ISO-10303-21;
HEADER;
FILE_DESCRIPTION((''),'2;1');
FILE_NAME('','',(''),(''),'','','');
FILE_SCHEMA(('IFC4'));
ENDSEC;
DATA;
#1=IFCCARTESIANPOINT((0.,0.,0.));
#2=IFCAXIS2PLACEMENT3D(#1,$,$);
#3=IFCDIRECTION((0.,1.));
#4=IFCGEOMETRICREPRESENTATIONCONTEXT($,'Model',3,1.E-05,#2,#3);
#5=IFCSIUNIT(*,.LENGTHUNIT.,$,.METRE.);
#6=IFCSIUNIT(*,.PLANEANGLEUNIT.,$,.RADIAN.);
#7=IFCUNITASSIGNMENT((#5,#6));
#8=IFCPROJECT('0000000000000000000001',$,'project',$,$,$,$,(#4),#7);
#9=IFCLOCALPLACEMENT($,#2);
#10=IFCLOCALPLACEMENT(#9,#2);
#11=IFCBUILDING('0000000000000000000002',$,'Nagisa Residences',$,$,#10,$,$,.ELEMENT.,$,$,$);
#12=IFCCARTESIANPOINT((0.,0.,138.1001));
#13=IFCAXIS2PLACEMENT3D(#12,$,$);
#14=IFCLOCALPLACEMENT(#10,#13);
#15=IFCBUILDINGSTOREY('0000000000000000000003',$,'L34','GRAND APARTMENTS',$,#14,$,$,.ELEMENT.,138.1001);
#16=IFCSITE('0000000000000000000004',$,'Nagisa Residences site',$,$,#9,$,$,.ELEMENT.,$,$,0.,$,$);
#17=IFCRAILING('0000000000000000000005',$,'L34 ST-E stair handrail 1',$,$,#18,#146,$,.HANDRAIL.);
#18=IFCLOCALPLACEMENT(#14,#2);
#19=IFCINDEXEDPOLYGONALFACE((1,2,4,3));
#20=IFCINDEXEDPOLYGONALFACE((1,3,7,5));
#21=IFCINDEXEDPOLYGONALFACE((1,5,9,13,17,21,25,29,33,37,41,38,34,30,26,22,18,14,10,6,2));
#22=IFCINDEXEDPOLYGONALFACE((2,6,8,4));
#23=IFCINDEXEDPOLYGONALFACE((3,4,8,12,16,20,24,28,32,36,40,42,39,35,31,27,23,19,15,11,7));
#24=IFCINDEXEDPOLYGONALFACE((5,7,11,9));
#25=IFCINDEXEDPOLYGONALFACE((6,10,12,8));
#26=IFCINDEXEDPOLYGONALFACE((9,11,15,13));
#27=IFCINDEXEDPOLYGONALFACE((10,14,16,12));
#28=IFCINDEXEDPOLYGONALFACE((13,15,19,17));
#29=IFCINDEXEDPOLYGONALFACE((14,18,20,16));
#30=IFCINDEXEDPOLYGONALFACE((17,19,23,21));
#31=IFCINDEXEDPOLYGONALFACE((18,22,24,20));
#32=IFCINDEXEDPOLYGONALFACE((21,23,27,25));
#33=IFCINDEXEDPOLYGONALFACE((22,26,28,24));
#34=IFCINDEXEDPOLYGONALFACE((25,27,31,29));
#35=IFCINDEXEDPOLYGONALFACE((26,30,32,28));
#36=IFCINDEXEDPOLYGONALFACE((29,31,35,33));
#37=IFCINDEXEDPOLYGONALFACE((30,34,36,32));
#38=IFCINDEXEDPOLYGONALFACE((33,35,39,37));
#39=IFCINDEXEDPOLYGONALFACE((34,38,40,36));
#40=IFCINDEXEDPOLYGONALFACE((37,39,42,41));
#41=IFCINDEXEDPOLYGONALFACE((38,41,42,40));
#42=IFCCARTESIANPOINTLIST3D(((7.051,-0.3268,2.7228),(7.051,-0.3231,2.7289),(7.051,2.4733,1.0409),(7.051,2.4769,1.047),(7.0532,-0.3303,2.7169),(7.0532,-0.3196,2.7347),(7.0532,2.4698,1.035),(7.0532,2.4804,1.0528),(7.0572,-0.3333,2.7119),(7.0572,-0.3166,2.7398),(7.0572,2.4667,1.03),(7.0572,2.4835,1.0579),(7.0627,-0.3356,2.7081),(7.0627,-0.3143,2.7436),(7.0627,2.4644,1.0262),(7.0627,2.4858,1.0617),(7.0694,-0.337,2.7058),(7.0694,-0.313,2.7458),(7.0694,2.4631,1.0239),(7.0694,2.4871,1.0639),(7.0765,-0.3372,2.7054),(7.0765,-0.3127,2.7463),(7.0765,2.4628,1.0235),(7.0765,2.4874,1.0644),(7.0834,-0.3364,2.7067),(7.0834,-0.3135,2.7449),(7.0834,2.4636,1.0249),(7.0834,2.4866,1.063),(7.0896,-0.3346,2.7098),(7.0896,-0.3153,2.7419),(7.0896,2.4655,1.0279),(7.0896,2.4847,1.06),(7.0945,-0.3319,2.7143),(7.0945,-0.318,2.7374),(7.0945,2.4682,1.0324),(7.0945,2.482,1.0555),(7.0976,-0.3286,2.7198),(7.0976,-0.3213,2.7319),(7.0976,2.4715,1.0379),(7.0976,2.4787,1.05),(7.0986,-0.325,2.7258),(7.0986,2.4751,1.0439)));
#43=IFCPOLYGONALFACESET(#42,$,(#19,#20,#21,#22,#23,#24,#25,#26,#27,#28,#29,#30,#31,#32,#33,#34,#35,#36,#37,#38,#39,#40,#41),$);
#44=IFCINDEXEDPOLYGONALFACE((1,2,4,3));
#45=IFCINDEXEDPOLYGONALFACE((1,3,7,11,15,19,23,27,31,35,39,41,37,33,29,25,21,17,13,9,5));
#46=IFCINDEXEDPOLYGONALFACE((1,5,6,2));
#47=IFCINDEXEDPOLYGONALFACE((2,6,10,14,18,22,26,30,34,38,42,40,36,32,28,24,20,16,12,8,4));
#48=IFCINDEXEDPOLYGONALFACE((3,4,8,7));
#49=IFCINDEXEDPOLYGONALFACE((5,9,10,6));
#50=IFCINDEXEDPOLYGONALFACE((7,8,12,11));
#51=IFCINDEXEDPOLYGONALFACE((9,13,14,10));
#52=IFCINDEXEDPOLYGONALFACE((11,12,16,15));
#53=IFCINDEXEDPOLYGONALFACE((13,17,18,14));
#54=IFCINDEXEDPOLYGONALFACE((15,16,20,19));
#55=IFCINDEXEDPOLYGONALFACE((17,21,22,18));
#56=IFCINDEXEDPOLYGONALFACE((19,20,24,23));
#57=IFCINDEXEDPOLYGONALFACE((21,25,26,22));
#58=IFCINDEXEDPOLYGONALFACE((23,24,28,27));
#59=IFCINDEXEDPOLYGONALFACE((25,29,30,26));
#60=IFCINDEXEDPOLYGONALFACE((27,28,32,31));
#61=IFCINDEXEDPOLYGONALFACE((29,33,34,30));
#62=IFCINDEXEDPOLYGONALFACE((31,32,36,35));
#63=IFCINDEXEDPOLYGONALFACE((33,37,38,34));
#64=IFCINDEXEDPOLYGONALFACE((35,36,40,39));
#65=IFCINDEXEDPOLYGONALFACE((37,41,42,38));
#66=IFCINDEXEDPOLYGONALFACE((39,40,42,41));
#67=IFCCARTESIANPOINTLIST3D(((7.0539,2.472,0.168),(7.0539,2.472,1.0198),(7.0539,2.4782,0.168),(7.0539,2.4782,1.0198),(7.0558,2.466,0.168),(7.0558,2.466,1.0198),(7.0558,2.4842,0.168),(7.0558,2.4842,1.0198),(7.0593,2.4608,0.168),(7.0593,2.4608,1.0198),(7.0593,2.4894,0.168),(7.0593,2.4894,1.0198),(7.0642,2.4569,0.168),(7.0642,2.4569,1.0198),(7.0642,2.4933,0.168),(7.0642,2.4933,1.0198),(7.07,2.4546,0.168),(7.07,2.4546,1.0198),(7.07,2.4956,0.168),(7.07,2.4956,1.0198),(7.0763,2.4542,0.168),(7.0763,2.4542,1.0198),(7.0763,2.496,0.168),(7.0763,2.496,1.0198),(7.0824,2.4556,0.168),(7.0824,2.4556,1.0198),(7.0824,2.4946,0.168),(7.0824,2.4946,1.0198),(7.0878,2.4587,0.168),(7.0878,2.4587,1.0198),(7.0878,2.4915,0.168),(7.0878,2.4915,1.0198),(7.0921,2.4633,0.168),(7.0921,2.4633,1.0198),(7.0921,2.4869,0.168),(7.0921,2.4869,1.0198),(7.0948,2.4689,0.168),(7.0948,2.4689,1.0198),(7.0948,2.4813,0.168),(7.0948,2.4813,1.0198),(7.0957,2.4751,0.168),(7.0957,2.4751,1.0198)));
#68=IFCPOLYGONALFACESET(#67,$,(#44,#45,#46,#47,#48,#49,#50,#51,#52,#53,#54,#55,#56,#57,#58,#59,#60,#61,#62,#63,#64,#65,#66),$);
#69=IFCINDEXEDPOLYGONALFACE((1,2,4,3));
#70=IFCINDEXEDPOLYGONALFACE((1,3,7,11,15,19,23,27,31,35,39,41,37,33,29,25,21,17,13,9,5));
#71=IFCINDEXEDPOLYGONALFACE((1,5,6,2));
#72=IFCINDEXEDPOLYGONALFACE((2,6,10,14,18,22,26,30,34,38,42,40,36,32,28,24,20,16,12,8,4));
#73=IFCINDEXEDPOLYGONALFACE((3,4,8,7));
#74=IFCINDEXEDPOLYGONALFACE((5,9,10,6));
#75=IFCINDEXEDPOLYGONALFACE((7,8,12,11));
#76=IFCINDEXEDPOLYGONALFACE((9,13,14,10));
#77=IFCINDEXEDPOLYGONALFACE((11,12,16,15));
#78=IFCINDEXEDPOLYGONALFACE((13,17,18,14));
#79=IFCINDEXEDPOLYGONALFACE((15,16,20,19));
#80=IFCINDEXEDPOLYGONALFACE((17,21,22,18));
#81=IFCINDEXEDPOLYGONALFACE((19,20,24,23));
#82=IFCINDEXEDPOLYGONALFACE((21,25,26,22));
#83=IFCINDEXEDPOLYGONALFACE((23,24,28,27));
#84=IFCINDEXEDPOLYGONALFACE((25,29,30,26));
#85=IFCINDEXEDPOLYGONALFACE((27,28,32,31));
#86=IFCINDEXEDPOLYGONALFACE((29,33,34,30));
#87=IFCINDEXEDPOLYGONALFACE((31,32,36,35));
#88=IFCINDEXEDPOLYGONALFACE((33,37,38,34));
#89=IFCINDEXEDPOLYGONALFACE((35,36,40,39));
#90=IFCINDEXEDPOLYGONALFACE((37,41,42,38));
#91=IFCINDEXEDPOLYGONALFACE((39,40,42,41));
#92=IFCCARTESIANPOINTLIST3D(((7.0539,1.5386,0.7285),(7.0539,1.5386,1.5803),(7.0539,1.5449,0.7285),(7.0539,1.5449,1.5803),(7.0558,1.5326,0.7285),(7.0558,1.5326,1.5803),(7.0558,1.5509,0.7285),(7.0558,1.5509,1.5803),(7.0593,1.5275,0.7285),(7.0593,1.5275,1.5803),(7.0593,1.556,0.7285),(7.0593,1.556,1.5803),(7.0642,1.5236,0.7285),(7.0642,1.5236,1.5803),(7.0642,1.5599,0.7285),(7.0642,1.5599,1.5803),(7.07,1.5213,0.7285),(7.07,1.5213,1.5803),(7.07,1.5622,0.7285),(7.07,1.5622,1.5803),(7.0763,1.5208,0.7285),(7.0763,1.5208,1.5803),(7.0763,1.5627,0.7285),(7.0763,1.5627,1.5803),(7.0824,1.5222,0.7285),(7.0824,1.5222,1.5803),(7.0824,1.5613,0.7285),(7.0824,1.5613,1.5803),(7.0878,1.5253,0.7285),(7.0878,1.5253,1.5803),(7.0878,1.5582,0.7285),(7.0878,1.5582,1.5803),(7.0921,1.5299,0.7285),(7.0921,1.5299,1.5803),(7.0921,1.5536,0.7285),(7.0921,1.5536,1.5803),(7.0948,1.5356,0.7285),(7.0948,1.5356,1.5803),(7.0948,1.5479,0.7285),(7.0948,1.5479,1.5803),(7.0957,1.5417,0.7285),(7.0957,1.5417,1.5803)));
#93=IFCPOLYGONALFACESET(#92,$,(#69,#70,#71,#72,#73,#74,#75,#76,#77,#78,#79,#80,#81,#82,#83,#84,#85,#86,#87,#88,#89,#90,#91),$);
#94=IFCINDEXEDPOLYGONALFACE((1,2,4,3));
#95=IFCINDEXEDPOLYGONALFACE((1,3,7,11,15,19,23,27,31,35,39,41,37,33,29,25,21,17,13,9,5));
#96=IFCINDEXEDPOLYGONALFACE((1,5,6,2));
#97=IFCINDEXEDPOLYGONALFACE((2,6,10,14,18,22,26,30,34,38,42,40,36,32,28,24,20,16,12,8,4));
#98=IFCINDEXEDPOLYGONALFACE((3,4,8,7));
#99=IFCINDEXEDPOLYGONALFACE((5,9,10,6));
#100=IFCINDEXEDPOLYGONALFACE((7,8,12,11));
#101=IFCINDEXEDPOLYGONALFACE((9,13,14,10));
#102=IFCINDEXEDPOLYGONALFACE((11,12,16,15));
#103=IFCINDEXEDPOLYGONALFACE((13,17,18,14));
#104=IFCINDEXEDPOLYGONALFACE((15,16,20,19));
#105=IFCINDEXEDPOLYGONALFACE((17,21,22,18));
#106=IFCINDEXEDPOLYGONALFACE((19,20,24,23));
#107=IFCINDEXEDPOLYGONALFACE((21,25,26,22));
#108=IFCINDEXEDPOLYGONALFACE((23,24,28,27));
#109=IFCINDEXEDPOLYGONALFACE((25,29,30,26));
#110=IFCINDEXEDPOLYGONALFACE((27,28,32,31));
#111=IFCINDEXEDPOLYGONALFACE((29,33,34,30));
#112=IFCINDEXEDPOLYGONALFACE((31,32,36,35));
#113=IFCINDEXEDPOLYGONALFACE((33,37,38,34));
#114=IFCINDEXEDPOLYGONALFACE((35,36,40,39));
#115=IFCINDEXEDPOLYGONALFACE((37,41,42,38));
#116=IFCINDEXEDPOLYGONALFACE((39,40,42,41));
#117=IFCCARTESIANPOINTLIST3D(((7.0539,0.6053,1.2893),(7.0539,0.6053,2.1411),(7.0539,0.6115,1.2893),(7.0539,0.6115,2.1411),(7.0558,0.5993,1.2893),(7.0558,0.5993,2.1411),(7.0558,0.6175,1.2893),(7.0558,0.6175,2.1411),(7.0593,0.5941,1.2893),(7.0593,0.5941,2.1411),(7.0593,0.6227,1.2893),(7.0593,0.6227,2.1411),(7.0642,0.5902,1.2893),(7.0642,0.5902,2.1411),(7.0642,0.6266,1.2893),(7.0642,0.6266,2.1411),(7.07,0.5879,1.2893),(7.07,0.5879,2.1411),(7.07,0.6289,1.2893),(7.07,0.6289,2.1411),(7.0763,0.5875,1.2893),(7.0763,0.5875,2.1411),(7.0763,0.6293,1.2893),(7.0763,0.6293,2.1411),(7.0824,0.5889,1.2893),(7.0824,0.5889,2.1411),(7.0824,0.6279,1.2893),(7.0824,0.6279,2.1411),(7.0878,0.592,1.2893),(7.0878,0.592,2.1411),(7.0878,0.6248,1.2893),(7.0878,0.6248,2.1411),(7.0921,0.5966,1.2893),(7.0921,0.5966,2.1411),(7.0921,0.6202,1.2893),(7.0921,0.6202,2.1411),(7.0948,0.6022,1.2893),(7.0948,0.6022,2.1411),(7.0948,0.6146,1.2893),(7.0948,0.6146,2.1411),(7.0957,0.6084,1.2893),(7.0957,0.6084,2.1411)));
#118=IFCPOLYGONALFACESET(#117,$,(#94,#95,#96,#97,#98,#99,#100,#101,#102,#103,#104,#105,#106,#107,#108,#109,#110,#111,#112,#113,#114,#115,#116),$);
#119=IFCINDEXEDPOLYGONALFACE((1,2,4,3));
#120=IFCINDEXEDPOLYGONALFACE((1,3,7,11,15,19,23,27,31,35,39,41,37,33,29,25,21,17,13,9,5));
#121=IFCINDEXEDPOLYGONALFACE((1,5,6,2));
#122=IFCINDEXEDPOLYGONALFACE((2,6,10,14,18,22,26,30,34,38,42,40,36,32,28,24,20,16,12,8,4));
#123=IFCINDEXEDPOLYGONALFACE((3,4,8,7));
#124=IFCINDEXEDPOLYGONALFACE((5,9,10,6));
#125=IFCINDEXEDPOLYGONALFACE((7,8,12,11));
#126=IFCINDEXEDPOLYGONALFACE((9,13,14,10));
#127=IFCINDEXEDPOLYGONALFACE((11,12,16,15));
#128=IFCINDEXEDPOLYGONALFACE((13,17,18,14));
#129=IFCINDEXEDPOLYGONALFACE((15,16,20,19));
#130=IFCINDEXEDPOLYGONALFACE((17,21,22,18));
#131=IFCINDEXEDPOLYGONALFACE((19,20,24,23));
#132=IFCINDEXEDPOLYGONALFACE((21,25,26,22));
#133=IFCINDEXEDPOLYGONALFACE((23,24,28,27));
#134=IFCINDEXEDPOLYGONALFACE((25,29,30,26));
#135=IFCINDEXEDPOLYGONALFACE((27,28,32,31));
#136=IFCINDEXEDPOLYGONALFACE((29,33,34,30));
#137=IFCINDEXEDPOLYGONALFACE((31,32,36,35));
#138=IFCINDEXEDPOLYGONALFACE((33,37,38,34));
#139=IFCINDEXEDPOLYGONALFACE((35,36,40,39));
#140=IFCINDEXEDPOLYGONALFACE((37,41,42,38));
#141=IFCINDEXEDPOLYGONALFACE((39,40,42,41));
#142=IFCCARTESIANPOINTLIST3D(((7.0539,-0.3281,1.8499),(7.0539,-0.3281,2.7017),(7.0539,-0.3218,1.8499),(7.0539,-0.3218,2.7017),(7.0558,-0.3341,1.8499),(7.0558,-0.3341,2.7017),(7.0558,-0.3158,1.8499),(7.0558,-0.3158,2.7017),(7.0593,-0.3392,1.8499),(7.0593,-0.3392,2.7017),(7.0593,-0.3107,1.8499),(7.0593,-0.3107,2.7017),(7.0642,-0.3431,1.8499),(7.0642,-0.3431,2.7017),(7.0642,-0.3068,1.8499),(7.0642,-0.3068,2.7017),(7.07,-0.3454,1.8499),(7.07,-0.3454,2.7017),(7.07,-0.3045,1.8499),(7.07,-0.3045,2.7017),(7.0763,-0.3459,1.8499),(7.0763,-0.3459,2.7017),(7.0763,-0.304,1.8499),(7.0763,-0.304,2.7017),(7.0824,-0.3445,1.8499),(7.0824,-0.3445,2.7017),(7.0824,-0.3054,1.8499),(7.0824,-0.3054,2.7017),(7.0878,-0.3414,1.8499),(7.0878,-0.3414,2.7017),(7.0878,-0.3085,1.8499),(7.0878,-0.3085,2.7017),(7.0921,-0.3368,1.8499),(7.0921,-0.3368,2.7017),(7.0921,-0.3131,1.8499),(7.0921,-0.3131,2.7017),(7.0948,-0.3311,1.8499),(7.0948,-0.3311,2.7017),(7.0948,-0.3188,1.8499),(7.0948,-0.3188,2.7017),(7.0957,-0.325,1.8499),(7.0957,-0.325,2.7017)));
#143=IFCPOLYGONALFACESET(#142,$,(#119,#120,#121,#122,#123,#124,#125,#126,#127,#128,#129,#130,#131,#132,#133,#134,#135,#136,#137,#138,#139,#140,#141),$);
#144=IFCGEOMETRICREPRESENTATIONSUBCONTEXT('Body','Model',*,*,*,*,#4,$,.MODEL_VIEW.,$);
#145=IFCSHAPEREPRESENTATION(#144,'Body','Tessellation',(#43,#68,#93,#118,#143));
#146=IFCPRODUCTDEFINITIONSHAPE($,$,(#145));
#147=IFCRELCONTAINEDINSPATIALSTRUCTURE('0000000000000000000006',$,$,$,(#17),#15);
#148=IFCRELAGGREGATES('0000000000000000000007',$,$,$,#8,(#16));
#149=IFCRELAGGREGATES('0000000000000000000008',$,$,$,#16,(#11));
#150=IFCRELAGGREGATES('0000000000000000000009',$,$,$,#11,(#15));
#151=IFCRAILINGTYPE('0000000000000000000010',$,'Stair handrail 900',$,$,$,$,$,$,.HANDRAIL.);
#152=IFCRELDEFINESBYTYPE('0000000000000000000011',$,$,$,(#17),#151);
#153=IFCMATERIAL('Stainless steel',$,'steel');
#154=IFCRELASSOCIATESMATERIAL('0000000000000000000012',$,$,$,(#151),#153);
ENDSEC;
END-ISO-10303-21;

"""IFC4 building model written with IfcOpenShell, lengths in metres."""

from ifc_helpers import new_model, si_unit, direction, frame, origin, origin_2d, place, context, subcontext, project, spatial, circle, extrude, material, type_object, element, save


model = new_model("IFC4")

# Units and contexts
model_context = context("Model", 3, precision=1e-05, world=origin(), true_north=direction((0.0, 1.0)))
body_context = subcontext(model_context, "Body", "Model", "MODEL_VIEW")
ifc_project = project(units=[si_unit("LENGTHUNIT", "METRE"), si_unit("PLANEANGLEUNIT", "RADIAN")], contexts=[model_context])

# Site, building, storey
site_placement = place(None, origin())
site = spatial("IfcSite", under=ifc_project, at=site_placement, Name="Nagisa Residences site", CompositionType="ELEMENT", RefElevation=0.0)
building_placement = place(site_placement, origin())
building = spatial("IfcBuilding", under=site, at=building_placement, Name="Nagisa Residences", CompositionType="ELEMENT")
storey_placement = place(building_placement, frame((0.0, 0.0, 138.1001)))
storey = spatial("IfcBuildingStorey", under=building, at=storey_placement, Name="L34", Description="GRAND APARTMENTS", CompositionType="ELEMENT", Elevation=138.1001)

# Railing
ifc_material_1 = material(Name="Stainless steel", Category="steel")
railing_type_1 = type_object("IfcRailingType", Name="Stair handrail 900", PredefinedType="HANDRAIL", material=ifc_material_1)
railing_1_placement = place(storey_placement, frame((7.0747, 2.4751, 0.168)))
element("IfcRailing", 1, at=railing_1_placement, inside=storey, type_object=railing_type_1, Name="L34 ST-E stair handrail 1", PredefinedType="HANDRAIL", context=body_context, shape_type="SweptSolid", body=[
    extrude(circle(Radius=0.0239, at=origin_2d()), frame((0.0, 0.0, 0.876), z_axis=(0.0, -0.857242, 0.514913), x_axis=(1.0, 0.0, 0.0)), (0.0, 0.0, 1.0), 3.2664),
    extrude(circle(Radius=0.021, at=origin_2d()), origin(), (0.0, 0.0, 1.0), 0.8518),
    extrude(circle(Radius=0.021, at=origin_2d()), frame((0.0, -0.9333, 0.5605)), (0.0, 0.0, 1.0), 0.8518),
    extrude(circle(Radius=0.021, at=origin_2d()), frame((0.0, -1.8667, 1.1213)), (0.0, 0.0, 1.0), 0.8518),
    extrude(circle(Radius=0.021, at=origin_2d()), frame((0.0, -2.8, 1.6819)), (0.0, 0.0, 1.0), 0.8518),
])

save(model, "model.ifc")
